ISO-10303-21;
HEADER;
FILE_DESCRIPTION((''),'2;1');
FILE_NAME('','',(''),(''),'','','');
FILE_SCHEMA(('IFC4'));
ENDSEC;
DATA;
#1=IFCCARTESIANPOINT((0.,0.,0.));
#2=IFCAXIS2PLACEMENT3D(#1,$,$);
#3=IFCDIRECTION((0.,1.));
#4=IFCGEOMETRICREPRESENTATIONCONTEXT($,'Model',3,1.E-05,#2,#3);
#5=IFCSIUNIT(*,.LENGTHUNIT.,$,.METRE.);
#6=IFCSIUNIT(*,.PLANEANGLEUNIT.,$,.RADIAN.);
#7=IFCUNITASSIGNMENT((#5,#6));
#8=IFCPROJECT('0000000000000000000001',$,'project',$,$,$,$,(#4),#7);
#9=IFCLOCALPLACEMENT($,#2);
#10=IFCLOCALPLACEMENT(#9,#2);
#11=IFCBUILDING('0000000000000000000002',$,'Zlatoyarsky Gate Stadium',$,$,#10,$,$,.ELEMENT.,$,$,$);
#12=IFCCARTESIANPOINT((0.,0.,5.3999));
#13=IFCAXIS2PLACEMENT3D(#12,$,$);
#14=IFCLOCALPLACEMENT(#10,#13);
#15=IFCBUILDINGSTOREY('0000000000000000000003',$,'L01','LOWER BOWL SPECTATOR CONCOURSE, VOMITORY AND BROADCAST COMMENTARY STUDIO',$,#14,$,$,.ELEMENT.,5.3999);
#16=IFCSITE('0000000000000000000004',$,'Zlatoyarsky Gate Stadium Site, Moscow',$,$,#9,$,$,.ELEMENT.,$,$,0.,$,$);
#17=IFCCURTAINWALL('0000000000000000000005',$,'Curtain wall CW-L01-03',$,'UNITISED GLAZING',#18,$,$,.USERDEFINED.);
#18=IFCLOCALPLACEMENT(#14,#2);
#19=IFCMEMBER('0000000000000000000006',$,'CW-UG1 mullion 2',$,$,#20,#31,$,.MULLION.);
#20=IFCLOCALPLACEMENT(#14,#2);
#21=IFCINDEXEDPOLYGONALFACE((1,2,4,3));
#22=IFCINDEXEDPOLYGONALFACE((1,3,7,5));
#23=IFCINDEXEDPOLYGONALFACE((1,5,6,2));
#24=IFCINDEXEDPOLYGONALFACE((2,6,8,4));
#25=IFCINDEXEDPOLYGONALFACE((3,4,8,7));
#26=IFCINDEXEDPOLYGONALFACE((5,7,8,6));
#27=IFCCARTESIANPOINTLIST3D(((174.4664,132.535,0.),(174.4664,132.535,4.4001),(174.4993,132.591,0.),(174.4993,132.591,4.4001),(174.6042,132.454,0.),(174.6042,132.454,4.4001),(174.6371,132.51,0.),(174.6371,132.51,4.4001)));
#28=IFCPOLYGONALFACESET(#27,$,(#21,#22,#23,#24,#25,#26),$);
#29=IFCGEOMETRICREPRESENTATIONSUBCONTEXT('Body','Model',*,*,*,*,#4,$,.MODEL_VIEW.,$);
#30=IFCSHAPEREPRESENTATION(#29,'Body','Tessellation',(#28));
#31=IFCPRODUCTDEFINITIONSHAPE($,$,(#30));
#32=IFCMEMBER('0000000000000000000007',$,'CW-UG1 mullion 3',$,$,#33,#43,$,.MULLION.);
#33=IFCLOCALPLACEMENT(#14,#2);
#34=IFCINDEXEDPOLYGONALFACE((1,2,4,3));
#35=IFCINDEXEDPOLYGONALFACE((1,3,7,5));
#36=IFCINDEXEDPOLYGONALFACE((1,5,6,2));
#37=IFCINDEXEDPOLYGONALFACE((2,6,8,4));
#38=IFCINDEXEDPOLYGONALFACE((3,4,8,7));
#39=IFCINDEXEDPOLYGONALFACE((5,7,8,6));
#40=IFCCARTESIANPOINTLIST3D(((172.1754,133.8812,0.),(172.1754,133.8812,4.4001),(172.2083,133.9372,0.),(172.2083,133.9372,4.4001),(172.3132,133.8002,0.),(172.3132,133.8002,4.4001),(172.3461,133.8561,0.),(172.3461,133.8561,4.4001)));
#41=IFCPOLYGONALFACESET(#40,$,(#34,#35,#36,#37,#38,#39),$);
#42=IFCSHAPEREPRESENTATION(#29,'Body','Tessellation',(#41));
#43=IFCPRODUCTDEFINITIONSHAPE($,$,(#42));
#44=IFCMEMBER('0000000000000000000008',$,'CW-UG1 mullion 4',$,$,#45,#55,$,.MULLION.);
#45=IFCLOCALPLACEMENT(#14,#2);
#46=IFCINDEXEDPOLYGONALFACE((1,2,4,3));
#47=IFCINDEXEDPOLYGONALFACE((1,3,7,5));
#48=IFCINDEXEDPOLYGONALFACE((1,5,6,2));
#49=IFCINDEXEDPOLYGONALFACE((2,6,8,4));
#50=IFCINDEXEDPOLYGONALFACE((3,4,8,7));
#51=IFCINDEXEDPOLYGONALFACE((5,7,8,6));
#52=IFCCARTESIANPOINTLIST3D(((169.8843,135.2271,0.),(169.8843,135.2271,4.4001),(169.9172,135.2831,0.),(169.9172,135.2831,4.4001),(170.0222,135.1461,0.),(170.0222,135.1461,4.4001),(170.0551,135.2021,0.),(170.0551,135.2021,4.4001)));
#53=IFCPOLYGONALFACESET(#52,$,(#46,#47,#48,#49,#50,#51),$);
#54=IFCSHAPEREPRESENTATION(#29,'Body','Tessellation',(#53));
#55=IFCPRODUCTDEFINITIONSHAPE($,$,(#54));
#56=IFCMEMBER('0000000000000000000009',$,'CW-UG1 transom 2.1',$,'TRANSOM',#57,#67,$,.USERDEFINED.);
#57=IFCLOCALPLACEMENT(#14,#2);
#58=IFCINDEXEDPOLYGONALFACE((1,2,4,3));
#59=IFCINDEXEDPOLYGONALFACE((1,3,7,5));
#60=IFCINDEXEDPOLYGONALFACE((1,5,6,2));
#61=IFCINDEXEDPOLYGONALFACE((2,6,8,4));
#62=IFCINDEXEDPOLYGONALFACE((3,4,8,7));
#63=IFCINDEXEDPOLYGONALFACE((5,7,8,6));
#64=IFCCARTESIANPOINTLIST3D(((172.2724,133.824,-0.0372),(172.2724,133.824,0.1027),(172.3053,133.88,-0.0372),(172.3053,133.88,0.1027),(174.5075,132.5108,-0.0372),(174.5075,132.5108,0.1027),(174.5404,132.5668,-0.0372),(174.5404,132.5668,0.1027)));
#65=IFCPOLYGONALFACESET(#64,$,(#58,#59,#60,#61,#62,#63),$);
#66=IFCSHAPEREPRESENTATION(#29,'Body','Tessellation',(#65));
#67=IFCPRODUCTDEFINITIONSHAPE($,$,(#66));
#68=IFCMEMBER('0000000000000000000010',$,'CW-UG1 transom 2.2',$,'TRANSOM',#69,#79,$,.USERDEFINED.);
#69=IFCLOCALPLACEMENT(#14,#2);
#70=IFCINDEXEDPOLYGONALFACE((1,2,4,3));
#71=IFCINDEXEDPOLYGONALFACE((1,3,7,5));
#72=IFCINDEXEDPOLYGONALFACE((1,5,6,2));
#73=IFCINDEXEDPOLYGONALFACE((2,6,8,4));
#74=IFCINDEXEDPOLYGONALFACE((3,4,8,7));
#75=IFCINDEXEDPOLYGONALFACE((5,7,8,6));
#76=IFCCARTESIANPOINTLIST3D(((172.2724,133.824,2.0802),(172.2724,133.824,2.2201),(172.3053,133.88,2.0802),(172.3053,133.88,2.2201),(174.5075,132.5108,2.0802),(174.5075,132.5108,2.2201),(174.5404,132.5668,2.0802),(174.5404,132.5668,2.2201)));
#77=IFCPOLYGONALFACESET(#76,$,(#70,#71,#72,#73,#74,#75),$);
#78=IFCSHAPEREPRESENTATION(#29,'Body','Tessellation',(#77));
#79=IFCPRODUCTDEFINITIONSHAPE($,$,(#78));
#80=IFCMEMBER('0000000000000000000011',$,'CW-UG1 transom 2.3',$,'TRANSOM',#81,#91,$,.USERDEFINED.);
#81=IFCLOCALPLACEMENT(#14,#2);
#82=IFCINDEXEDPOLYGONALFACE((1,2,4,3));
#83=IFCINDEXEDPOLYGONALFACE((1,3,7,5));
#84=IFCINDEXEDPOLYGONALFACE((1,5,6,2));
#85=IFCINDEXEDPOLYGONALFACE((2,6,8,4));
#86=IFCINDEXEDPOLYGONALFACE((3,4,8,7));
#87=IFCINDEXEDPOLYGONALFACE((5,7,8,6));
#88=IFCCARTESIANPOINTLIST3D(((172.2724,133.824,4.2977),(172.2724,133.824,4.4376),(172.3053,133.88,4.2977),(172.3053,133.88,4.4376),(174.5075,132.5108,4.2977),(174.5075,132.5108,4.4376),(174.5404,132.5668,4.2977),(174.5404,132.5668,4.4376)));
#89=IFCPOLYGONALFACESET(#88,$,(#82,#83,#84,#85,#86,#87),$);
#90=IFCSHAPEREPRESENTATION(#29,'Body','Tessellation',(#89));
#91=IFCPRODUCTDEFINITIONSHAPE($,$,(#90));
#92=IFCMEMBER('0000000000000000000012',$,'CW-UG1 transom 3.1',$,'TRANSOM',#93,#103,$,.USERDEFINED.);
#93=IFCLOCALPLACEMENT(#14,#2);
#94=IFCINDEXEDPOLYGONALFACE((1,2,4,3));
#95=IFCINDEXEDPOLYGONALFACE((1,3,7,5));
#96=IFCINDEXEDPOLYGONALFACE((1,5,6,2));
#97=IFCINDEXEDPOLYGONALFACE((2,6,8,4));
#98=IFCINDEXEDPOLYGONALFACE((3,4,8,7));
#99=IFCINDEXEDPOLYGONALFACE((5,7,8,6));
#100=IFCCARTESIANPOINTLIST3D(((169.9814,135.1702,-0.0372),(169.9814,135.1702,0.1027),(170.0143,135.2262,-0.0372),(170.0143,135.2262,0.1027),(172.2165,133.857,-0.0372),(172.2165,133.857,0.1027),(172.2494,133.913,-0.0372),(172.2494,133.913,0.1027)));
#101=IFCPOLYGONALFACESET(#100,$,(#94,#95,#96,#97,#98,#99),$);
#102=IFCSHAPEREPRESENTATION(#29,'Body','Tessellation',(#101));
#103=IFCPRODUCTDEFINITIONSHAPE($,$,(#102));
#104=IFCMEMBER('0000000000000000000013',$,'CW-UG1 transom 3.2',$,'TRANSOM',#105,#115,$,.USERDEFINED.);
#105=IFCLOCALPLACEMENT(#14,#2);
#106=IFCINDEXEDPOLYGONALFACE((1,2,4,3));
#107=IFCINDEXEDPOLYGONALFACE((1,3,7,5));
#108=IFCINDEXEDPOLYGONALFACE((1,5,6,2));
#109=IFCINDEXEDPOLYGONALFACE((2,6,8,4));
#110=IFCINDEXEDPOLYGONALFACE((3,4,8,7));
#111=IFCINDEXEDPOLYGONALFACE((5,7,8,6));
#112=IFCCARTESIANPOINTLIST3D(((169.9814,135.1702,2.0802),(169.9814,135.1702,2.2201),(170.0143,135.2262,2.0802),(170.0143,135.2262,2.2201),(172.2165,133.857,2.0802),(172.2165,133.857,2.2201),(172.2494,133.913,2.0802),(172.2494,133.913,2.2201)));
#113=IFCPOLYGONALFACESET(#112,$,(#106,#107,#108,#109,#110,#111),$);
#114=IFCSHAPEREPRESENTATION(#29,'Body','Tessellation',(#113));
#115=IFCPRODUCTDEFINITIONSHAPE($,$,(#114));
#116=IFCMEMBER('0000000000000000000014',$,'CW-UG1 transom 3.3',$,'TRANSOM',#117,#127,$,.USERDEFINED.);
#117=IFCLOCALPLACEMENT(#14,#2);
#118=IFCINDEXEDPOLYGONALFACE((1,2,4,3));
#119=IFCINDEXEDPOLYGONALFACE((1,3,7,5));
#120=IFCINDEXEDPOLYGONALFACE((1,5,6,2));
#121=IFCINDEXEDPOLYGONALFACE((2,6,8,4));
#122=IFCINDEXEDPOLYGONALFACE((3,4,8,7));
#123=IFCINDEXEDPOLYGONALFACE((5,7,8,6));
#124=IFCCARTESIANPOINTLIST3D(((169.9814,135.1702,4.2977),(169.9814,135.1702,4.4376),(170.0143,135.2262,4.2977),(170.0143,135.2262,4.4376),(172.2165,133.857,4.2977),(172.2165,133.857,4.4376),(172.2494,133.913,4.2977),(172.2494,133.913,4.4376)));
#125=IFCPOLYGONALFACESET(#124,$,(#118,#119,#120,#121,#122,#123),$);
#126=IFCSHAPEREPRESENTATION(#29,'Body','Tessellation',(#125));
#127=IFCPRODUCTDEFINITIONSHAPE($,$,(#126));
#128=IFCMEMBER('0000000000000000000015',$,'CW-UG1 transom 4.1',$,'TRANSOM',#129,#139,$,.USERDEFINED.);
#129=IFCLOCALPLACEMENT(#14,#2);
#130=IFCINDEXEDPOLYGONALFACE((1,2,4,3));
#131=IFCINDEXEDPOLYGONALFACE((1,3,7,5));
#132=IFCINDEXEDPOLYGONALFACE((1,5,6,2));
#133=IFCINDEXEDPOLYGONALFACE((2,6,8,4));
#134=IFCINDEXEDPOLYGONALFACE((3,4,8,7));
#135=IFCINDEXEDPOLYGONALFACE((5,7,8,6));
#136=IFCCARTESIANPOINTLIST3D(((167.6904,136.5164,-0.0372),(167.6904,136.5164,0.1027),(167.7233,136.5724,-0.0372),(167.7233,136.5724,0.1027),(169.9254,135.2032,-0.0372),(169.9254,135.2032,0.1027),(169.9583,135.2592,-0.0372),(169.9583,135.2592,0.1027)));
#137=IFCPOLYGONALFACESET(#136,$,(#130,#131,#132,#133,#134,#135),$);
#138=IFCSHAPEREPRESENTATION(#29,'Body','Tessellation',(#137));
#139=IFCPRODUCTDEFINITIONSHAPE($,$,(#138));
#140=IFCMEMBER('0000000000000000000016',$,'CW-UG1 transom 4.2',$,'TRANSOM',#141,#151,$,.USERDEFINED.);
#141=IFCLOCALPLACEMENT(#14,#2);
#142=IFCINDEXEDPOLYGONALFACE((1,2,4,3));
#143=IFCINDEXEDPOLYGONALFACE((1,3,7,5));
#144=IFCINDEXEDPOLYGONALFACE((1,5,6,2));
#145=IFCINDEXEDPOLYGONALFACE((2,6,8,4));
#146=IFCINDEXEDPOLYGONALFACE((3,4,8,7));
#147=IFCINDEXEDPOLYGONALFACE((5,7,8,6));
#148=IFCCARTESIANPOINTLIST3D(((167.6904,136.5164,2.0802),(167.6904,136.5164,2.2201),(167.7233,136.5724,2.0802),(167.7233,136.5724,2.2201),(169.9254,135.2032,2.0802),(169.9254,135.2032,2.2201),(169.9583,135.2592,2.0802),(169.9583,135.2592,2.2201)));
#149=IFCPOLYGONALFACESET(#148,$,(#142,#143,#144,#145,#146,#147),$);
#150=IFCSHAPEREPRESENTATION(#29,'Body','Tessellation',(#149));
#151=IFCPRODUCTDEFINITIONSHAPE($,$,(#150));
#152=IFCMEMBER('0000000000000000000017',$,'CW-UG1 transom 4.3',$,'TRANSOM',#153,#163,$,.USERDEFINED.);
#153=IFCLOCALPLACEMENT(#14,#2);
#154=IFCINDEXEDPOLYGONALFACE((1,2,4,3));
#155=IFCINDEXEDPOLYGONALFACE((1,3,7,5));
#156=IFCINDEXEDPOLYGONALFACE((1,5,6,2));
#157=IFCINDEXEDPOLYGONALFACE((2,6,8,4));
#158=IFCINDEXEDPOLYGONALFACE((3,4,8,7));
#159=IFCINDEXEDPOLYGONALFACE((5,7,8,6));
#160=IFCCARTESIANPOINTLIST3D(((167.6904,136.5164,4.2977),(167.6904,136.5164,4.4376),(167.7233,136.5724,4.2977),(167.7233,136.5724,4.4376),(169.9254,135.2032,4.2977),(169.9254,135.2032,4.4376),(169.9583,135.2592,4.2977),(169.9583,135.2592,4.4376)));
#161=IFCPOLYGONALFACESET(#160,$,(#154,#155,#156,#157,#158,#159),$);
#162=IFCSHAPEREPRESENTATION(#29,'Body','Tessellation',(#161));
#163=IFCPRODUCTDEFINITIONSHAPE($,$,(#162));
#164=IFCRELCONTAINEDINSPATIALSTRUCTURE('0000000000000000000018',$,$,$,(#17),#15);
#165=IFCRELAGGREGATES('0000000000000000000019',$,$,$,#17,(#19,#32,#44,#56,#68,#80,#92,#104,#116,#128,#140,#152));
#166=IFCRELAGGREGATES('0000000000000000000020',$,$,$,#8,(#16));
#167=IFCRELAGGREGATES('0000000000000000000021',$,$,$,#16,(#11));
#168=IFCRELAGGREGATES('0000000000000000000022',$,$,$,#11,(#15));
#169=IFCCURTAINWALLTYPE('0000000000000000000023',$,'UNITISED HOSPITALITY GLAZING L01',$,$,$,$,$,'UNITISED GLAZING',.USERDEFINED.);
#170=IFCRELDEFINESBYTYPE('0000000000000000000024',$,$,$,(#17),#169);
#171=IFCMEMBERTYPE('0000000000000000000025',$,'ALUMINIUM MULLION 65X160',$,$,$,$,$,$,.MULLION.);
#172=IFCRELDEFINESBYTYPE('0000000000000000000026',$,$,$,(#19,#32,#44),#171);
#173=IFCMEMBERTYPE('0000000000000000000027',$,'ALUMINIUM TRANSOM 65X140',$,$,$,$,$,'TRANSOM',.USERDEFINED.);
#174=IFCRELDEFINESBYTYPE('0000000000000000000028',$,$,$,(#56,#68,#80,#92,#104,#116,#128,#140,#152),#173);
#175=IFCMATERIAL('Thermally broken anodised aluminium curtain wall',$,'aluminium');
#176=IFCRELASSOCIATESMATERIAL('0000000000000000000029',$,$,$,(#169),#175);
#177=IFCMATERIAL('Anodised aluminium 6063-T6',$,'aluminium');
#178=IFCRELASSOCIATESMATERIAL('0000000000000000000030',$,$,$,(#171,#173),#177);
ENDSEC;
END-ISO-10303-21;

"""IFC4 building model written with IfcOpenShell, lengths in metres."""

from ifc_helpers import new_model, si_unit, direction, frame, origin, origin_2d, place, context, subcontext, project, spatial, rectangle, extrude, material, material_profile, profile_set, type_object, element, aggregate, save


model = new_model("IFC4")

# Units and contexts
model_context = context("Model", 3, precision=1e-05, world=origin(), true_north=direction((0.0, 1.0)))
body_context = subcontext(model_context, "Body", "Model", "MODEL_VIEW")
ifc_project = project(units=[si_unit("LENGTHUNIT", "METRE"), si_unit("PLANEANGLEUNIT", "RADIAN")], contexts=[model_context])

# Site, building, storey
site_placement = place(None, origin())
site = spatial("IfcSite", under=ifc_project, at=site_placement, Name="Zlatoyarsky Gate Stadium Site, Moscow", CompositionType="ELEMENT", RefElevation=0.0)
building_placement = place(site_placement, origin())
building = spatial("IfcBuilding", under=site, at=building_placement, Name="Zlatoyarsky Gate Stadium", CompositionType="ELEMENT")
storey_placement = place(building_placement, frame((0.0, 0.0, 5.3999)))
storey = spatial("IfcBuildingStorey", under=building, at=storey_placement, Name="L01", Description="LOWER BOWL SPECTATOR CONCOURSE, VOMITORY AND BROADCAST COMMENTARY STUDIO", CompositionType="ELEMENT", Elevation=5.3999)

# Curtain wall, members
ifc_material_1 = material(Name="Thermally broken anodised aluminium curtain wall", Category="aluminium")
curtain_wall_type = type_object("IfcCurtainWallType", Name="UNITISED HOSPITALITY GLAZING L01", ElementType="UNITISED GLAZING", PredefinedType="USERDEFINED", material=ifc_material_1)
curtain_wall_placement = place(storey_placement, origin())
curtain_wall = element("IfcCurtainWall", 1, at=curtain_wall_placement, inside=storey, type_object=curtain_wall_type, Name="Curtain wall CW-L01-03", ObjectType="UNITISED GLAZING", PredefinedType="USERDEFINED")
ifc_material_2 = material(Name="Anodised aluminium 6063-T6", Category="aluminium")
ifc_material_profile_1 = material_profile(ifc_material_2, rectangle(XDim=0.0649, YDim=0.1599, at=origin_2d()), Name="ALU 65X160")
ifc_profile_set_1 = profile_set([ifc_material_profile_1], Name="Anodised aluminium 6063-T6")
member_type_1 = type_object("IfcMemberType", Name="ALUMINIUM MULLION 65X160", PredefinedType="MULLION", material=ifc_profile_set_1)
member_1_placement = place(storey_placement, frame((174.5518, 132.5225, 0.0), z_axis=(0.0, 0.0, 1.0), x_axis=(-0.50659, -0.862187, 0.0)))
member_1 = element("IfcMember", 2, at=member_1_placement, type_object=member_type_1, Name="CW-UG1 mullion 2", PredefinedType="MULLION", context=body_context, shape_type="SweptSolid", body=[
    extrude(rectangle(XDim=0.0649, YDim=0.1599, at=origin_2d()), origin(), (0.0, 0.0, 1.0), 4.4001),
])
member_2_placement = place(storey_placement, frame((172.2607, 133.8687, 0.0), z_axis=(0.0, 0.0, 1.0), x_axis=(-0.50659, -0.862187, 0.0)))
member_2 = element("IfcMember", 3, at=member_2_placement, type_object=member_type_1, Name="CW-UG1 mullion 3", PredefinedType="MULLION", context=body_context, shape_type="SweptSolid", body=[
    extrude(rectangle(XDim=0.0649, YDim=0.1599, at=origin_2d()), origin(), (0.0, 0.0, 1.0), 4.4001),
])
member_3_placement = place(storey_placement, frame((169.9697, 135.2146, 0.0), z_axis=(0.0, 0.0, 1.0), x_axis=(-0.50659, -0.862187, 0.0)))
member_3 = element("IfcMember", 4, at=member_3_placement, type_object=member_type_1, Name="CW-UG1 mullion 4", PredefinedType="MULLION", context=body_context, shape_type="SweptSolid", body=[
    extrude(rectangle(XDim=0.0649, YDim=0.1599, at=origin_2d()), origin(), (0.0, 0.0, 1.0), 4.4001),
])
ifc_material_profile_2 = material_profile(ifc_material_2, rectangle(XDim=0.0649, YDim=0.1399, at=origin_2d()), Name="ALU 65X140")
ifc_profile_set_2 = profile_set([ifc_material_profile_2], Name="Anodised aluminium 6063-T6")
member_type_2 = type_object("IfcMemberType", Name="ALUMINIUM TRANSOM 65X140", ElementType="TRANSOM", PredefinedType="USERDEFINED", material=ifc_profile_set_2)
member_4_placement = place(storey_placement, frame((174.5239, 132.5388, 0.0327), z_axis=(-0.862193, 0.50658, 0.0), x_axis=(-0.50658, -0.862193, 0.0)))
member_4 = element("IfcMember", 5, at=member_4_placement, type_object=member_type_2, Name="CW-UG1 transom 2.1", ObjectType="TRANSOM", PredefinedType="USERDEFINED", context=body_context, shape_type="SweptSolid", body=[
    extrude(rectangle(XDim=0.0649, YDim=0.1399, at=origin_2d()), origin(), (0.0, 0.0, 1.0), 2.5923),
])
member_5_placement = place(storey_placement, frame((174.5239, 132.5388, 2.1501), z_axis=(-0.862193, 0.50658, 0.0), x_axis=(-0.50658, -0.862193, 0.0)))
member_5 = element("IfcMember", 6, at=member_5_placement, type_object=member_type_2, Name="CW-UG1 transom 2.2", ObjectType="TRANSOM", PredefinedType="USERDEFINED", context=body_context, shape_type="SweptSolid", body=[
    extrude(rectangle(XDim=0.0649, YDim=0.1399, at=origin_2d()), origin(), (0.0, 0.0, 1.0), 2.5923),
])
member_6_placement = place(storey_placement, frame((174.5239, 132.5388, 4.3677), z_axis=(-0.862193, 0.50658, 0.0), x_axis=(-0.50658, -0.862193, 0.0)))
member_6 = element("IfcMember", 7, at=member_6_placement, type_object=member_type_2, Name="CW-UG1 transom 2.3", ObjectType="TRANSOM", PredefinedType="USERDEFINED", context=body_context, shape_type="SweptSolid", body=[
    extrude(rectangle(XDim=0.0649, YDim=0.1399, at=origin_2d()), origin(), (0.0, 0.0, 1.0), 2.5923),
])
member_7_placement = place(storey_placement, frame((172.2329, 133.885, 0.0327), z_axis=(-0.862193, 0.50658, 0.0), x_axis=(-0.50658, -0.862193, 0.0)))
member_7 = element("IfcMember", 8, at=member_7_placement, type_object=member_type_2, Name="CW-UG1 transom 3.1", ObjectType="TRANSOM", PredefinedType="USERDEFINED", context=body_context, shape_type="SweptSolid", body=[
    extrude(rectangle(XDim=0.0649, YDim=0.1399, at=origin_2d()), origin(), (0.0, 0.0, 1.0), 2.5923),
])
member_8_placement = place(storey_placement, frame((172.2329, 133.885, 2.1501), z_axis=(-0.862193, 0.50658, 0.0), x_axis=(-0.50658, -0.862193, 0.0)))
member_8 = element("IfcMember", 9, at=member_8_placement, type_object=member_type_2, Name="CW-UG1 transom 3.2", ObjectType="TRANSOM", PredefinedType="USERDEFINED", context=body_context, shape_type="SweptSolid", body=[
    extrude(rectangle(XDim=0.0649, YDim=0.1399, at=origin_2d()), origin(), (0.0, 0.0, 1.0), 2.5923),
])
member_9_placement = place(storey_placement, frame((172.2329, 133.885, 4.3677), z_axis=(-0.862193, 0.50658, 0.0), x_axis=(-0.50658, -0.862193, 0.0)))
member_9 = element("IfcMember", 10, at=member_9_placement, type_object=member_type_2, Name="CW-UG1 transom 3.3", ObjectType="TRANSOM", PredefinedType="USERDEFINED", context=body_context, shape_type="SweptSolid", body=[
    extrude(rectangle(XDim=0.0649, YDim=0.1399, at=origin_2d()), origin(), (0.0, 0.0, 1.0), 2.5923),
])
member_10_placement = place(storey_placement, frame((169.9419, 135.2312, 0.0327), z_axis=(-0.862193, 0.50658, 0.0), x_axis=(-0.50658, -0.862193, 0.0)))
member_10 = element("IfcMember", 11, at=member_10_placement, type_object=member_type_2, Name="CW-UG1 transom 4.1", ObjectType="TRANSOM", PredefinedType="USERDEFINED", context=body_context, shape_type="SweptSolid", body=[
    extrude(rectangle(XDim=0.0649, YDim=0.1399, at=origin_2d()), origin(), (0.0, 0.0, 1.0), 2.5923),
])
member_11_placement = place(storey_placement, frame((169.9419, 135.2312, 2.1501), z_axis=(-0.862193, 0.50658, 0.0), x_axis=(-0.50658, -0.862193, 0.0)))
member_11 = element("IfcMember", 12, at=member_11_placement, type_object=member_type_2, Name="CW-UG1 transom 4.2", ObjectType="TRANSOM", PredefinedType="USERDEFINED", context=body_context, shape_type="SweptSolid", body=[
    extrude(rectangle(XDim=0.0649, YDim=0.1399, at=origin_2d()), origin(), (0.0, 0.0, 1.0), 2.5923),
])
member_12_placement = place(storey_placement, frame((169.9419, 135.2312, 4.3677), z_axis=(-0.862193, 0.50658, 0.0), x_axis=(-0.50658, -0.862193, 0.0)))
member_12 = element("IfcMember", 13, at=member_12_placement, type_object=member_type_2, Name="CW-UG1 transom 4.3", ObjectType="TRANSOM", PredefinedType="USERDEFINED", context=body_context, shape_type="SweptSolid", body=[
    extrude(rectangle(XDim=0.0649, YDim=0.1399, at=origin_2d()), origin(), (0.0, 0.0, 1.0), 2.5923),
])

aggregate(curtain_wall, [member_1, member_2, member_3, member_4, member_5, member_6, member_7, member_8, member_9, member_10, member_11, member_12])

save(model, "model.ifc")
